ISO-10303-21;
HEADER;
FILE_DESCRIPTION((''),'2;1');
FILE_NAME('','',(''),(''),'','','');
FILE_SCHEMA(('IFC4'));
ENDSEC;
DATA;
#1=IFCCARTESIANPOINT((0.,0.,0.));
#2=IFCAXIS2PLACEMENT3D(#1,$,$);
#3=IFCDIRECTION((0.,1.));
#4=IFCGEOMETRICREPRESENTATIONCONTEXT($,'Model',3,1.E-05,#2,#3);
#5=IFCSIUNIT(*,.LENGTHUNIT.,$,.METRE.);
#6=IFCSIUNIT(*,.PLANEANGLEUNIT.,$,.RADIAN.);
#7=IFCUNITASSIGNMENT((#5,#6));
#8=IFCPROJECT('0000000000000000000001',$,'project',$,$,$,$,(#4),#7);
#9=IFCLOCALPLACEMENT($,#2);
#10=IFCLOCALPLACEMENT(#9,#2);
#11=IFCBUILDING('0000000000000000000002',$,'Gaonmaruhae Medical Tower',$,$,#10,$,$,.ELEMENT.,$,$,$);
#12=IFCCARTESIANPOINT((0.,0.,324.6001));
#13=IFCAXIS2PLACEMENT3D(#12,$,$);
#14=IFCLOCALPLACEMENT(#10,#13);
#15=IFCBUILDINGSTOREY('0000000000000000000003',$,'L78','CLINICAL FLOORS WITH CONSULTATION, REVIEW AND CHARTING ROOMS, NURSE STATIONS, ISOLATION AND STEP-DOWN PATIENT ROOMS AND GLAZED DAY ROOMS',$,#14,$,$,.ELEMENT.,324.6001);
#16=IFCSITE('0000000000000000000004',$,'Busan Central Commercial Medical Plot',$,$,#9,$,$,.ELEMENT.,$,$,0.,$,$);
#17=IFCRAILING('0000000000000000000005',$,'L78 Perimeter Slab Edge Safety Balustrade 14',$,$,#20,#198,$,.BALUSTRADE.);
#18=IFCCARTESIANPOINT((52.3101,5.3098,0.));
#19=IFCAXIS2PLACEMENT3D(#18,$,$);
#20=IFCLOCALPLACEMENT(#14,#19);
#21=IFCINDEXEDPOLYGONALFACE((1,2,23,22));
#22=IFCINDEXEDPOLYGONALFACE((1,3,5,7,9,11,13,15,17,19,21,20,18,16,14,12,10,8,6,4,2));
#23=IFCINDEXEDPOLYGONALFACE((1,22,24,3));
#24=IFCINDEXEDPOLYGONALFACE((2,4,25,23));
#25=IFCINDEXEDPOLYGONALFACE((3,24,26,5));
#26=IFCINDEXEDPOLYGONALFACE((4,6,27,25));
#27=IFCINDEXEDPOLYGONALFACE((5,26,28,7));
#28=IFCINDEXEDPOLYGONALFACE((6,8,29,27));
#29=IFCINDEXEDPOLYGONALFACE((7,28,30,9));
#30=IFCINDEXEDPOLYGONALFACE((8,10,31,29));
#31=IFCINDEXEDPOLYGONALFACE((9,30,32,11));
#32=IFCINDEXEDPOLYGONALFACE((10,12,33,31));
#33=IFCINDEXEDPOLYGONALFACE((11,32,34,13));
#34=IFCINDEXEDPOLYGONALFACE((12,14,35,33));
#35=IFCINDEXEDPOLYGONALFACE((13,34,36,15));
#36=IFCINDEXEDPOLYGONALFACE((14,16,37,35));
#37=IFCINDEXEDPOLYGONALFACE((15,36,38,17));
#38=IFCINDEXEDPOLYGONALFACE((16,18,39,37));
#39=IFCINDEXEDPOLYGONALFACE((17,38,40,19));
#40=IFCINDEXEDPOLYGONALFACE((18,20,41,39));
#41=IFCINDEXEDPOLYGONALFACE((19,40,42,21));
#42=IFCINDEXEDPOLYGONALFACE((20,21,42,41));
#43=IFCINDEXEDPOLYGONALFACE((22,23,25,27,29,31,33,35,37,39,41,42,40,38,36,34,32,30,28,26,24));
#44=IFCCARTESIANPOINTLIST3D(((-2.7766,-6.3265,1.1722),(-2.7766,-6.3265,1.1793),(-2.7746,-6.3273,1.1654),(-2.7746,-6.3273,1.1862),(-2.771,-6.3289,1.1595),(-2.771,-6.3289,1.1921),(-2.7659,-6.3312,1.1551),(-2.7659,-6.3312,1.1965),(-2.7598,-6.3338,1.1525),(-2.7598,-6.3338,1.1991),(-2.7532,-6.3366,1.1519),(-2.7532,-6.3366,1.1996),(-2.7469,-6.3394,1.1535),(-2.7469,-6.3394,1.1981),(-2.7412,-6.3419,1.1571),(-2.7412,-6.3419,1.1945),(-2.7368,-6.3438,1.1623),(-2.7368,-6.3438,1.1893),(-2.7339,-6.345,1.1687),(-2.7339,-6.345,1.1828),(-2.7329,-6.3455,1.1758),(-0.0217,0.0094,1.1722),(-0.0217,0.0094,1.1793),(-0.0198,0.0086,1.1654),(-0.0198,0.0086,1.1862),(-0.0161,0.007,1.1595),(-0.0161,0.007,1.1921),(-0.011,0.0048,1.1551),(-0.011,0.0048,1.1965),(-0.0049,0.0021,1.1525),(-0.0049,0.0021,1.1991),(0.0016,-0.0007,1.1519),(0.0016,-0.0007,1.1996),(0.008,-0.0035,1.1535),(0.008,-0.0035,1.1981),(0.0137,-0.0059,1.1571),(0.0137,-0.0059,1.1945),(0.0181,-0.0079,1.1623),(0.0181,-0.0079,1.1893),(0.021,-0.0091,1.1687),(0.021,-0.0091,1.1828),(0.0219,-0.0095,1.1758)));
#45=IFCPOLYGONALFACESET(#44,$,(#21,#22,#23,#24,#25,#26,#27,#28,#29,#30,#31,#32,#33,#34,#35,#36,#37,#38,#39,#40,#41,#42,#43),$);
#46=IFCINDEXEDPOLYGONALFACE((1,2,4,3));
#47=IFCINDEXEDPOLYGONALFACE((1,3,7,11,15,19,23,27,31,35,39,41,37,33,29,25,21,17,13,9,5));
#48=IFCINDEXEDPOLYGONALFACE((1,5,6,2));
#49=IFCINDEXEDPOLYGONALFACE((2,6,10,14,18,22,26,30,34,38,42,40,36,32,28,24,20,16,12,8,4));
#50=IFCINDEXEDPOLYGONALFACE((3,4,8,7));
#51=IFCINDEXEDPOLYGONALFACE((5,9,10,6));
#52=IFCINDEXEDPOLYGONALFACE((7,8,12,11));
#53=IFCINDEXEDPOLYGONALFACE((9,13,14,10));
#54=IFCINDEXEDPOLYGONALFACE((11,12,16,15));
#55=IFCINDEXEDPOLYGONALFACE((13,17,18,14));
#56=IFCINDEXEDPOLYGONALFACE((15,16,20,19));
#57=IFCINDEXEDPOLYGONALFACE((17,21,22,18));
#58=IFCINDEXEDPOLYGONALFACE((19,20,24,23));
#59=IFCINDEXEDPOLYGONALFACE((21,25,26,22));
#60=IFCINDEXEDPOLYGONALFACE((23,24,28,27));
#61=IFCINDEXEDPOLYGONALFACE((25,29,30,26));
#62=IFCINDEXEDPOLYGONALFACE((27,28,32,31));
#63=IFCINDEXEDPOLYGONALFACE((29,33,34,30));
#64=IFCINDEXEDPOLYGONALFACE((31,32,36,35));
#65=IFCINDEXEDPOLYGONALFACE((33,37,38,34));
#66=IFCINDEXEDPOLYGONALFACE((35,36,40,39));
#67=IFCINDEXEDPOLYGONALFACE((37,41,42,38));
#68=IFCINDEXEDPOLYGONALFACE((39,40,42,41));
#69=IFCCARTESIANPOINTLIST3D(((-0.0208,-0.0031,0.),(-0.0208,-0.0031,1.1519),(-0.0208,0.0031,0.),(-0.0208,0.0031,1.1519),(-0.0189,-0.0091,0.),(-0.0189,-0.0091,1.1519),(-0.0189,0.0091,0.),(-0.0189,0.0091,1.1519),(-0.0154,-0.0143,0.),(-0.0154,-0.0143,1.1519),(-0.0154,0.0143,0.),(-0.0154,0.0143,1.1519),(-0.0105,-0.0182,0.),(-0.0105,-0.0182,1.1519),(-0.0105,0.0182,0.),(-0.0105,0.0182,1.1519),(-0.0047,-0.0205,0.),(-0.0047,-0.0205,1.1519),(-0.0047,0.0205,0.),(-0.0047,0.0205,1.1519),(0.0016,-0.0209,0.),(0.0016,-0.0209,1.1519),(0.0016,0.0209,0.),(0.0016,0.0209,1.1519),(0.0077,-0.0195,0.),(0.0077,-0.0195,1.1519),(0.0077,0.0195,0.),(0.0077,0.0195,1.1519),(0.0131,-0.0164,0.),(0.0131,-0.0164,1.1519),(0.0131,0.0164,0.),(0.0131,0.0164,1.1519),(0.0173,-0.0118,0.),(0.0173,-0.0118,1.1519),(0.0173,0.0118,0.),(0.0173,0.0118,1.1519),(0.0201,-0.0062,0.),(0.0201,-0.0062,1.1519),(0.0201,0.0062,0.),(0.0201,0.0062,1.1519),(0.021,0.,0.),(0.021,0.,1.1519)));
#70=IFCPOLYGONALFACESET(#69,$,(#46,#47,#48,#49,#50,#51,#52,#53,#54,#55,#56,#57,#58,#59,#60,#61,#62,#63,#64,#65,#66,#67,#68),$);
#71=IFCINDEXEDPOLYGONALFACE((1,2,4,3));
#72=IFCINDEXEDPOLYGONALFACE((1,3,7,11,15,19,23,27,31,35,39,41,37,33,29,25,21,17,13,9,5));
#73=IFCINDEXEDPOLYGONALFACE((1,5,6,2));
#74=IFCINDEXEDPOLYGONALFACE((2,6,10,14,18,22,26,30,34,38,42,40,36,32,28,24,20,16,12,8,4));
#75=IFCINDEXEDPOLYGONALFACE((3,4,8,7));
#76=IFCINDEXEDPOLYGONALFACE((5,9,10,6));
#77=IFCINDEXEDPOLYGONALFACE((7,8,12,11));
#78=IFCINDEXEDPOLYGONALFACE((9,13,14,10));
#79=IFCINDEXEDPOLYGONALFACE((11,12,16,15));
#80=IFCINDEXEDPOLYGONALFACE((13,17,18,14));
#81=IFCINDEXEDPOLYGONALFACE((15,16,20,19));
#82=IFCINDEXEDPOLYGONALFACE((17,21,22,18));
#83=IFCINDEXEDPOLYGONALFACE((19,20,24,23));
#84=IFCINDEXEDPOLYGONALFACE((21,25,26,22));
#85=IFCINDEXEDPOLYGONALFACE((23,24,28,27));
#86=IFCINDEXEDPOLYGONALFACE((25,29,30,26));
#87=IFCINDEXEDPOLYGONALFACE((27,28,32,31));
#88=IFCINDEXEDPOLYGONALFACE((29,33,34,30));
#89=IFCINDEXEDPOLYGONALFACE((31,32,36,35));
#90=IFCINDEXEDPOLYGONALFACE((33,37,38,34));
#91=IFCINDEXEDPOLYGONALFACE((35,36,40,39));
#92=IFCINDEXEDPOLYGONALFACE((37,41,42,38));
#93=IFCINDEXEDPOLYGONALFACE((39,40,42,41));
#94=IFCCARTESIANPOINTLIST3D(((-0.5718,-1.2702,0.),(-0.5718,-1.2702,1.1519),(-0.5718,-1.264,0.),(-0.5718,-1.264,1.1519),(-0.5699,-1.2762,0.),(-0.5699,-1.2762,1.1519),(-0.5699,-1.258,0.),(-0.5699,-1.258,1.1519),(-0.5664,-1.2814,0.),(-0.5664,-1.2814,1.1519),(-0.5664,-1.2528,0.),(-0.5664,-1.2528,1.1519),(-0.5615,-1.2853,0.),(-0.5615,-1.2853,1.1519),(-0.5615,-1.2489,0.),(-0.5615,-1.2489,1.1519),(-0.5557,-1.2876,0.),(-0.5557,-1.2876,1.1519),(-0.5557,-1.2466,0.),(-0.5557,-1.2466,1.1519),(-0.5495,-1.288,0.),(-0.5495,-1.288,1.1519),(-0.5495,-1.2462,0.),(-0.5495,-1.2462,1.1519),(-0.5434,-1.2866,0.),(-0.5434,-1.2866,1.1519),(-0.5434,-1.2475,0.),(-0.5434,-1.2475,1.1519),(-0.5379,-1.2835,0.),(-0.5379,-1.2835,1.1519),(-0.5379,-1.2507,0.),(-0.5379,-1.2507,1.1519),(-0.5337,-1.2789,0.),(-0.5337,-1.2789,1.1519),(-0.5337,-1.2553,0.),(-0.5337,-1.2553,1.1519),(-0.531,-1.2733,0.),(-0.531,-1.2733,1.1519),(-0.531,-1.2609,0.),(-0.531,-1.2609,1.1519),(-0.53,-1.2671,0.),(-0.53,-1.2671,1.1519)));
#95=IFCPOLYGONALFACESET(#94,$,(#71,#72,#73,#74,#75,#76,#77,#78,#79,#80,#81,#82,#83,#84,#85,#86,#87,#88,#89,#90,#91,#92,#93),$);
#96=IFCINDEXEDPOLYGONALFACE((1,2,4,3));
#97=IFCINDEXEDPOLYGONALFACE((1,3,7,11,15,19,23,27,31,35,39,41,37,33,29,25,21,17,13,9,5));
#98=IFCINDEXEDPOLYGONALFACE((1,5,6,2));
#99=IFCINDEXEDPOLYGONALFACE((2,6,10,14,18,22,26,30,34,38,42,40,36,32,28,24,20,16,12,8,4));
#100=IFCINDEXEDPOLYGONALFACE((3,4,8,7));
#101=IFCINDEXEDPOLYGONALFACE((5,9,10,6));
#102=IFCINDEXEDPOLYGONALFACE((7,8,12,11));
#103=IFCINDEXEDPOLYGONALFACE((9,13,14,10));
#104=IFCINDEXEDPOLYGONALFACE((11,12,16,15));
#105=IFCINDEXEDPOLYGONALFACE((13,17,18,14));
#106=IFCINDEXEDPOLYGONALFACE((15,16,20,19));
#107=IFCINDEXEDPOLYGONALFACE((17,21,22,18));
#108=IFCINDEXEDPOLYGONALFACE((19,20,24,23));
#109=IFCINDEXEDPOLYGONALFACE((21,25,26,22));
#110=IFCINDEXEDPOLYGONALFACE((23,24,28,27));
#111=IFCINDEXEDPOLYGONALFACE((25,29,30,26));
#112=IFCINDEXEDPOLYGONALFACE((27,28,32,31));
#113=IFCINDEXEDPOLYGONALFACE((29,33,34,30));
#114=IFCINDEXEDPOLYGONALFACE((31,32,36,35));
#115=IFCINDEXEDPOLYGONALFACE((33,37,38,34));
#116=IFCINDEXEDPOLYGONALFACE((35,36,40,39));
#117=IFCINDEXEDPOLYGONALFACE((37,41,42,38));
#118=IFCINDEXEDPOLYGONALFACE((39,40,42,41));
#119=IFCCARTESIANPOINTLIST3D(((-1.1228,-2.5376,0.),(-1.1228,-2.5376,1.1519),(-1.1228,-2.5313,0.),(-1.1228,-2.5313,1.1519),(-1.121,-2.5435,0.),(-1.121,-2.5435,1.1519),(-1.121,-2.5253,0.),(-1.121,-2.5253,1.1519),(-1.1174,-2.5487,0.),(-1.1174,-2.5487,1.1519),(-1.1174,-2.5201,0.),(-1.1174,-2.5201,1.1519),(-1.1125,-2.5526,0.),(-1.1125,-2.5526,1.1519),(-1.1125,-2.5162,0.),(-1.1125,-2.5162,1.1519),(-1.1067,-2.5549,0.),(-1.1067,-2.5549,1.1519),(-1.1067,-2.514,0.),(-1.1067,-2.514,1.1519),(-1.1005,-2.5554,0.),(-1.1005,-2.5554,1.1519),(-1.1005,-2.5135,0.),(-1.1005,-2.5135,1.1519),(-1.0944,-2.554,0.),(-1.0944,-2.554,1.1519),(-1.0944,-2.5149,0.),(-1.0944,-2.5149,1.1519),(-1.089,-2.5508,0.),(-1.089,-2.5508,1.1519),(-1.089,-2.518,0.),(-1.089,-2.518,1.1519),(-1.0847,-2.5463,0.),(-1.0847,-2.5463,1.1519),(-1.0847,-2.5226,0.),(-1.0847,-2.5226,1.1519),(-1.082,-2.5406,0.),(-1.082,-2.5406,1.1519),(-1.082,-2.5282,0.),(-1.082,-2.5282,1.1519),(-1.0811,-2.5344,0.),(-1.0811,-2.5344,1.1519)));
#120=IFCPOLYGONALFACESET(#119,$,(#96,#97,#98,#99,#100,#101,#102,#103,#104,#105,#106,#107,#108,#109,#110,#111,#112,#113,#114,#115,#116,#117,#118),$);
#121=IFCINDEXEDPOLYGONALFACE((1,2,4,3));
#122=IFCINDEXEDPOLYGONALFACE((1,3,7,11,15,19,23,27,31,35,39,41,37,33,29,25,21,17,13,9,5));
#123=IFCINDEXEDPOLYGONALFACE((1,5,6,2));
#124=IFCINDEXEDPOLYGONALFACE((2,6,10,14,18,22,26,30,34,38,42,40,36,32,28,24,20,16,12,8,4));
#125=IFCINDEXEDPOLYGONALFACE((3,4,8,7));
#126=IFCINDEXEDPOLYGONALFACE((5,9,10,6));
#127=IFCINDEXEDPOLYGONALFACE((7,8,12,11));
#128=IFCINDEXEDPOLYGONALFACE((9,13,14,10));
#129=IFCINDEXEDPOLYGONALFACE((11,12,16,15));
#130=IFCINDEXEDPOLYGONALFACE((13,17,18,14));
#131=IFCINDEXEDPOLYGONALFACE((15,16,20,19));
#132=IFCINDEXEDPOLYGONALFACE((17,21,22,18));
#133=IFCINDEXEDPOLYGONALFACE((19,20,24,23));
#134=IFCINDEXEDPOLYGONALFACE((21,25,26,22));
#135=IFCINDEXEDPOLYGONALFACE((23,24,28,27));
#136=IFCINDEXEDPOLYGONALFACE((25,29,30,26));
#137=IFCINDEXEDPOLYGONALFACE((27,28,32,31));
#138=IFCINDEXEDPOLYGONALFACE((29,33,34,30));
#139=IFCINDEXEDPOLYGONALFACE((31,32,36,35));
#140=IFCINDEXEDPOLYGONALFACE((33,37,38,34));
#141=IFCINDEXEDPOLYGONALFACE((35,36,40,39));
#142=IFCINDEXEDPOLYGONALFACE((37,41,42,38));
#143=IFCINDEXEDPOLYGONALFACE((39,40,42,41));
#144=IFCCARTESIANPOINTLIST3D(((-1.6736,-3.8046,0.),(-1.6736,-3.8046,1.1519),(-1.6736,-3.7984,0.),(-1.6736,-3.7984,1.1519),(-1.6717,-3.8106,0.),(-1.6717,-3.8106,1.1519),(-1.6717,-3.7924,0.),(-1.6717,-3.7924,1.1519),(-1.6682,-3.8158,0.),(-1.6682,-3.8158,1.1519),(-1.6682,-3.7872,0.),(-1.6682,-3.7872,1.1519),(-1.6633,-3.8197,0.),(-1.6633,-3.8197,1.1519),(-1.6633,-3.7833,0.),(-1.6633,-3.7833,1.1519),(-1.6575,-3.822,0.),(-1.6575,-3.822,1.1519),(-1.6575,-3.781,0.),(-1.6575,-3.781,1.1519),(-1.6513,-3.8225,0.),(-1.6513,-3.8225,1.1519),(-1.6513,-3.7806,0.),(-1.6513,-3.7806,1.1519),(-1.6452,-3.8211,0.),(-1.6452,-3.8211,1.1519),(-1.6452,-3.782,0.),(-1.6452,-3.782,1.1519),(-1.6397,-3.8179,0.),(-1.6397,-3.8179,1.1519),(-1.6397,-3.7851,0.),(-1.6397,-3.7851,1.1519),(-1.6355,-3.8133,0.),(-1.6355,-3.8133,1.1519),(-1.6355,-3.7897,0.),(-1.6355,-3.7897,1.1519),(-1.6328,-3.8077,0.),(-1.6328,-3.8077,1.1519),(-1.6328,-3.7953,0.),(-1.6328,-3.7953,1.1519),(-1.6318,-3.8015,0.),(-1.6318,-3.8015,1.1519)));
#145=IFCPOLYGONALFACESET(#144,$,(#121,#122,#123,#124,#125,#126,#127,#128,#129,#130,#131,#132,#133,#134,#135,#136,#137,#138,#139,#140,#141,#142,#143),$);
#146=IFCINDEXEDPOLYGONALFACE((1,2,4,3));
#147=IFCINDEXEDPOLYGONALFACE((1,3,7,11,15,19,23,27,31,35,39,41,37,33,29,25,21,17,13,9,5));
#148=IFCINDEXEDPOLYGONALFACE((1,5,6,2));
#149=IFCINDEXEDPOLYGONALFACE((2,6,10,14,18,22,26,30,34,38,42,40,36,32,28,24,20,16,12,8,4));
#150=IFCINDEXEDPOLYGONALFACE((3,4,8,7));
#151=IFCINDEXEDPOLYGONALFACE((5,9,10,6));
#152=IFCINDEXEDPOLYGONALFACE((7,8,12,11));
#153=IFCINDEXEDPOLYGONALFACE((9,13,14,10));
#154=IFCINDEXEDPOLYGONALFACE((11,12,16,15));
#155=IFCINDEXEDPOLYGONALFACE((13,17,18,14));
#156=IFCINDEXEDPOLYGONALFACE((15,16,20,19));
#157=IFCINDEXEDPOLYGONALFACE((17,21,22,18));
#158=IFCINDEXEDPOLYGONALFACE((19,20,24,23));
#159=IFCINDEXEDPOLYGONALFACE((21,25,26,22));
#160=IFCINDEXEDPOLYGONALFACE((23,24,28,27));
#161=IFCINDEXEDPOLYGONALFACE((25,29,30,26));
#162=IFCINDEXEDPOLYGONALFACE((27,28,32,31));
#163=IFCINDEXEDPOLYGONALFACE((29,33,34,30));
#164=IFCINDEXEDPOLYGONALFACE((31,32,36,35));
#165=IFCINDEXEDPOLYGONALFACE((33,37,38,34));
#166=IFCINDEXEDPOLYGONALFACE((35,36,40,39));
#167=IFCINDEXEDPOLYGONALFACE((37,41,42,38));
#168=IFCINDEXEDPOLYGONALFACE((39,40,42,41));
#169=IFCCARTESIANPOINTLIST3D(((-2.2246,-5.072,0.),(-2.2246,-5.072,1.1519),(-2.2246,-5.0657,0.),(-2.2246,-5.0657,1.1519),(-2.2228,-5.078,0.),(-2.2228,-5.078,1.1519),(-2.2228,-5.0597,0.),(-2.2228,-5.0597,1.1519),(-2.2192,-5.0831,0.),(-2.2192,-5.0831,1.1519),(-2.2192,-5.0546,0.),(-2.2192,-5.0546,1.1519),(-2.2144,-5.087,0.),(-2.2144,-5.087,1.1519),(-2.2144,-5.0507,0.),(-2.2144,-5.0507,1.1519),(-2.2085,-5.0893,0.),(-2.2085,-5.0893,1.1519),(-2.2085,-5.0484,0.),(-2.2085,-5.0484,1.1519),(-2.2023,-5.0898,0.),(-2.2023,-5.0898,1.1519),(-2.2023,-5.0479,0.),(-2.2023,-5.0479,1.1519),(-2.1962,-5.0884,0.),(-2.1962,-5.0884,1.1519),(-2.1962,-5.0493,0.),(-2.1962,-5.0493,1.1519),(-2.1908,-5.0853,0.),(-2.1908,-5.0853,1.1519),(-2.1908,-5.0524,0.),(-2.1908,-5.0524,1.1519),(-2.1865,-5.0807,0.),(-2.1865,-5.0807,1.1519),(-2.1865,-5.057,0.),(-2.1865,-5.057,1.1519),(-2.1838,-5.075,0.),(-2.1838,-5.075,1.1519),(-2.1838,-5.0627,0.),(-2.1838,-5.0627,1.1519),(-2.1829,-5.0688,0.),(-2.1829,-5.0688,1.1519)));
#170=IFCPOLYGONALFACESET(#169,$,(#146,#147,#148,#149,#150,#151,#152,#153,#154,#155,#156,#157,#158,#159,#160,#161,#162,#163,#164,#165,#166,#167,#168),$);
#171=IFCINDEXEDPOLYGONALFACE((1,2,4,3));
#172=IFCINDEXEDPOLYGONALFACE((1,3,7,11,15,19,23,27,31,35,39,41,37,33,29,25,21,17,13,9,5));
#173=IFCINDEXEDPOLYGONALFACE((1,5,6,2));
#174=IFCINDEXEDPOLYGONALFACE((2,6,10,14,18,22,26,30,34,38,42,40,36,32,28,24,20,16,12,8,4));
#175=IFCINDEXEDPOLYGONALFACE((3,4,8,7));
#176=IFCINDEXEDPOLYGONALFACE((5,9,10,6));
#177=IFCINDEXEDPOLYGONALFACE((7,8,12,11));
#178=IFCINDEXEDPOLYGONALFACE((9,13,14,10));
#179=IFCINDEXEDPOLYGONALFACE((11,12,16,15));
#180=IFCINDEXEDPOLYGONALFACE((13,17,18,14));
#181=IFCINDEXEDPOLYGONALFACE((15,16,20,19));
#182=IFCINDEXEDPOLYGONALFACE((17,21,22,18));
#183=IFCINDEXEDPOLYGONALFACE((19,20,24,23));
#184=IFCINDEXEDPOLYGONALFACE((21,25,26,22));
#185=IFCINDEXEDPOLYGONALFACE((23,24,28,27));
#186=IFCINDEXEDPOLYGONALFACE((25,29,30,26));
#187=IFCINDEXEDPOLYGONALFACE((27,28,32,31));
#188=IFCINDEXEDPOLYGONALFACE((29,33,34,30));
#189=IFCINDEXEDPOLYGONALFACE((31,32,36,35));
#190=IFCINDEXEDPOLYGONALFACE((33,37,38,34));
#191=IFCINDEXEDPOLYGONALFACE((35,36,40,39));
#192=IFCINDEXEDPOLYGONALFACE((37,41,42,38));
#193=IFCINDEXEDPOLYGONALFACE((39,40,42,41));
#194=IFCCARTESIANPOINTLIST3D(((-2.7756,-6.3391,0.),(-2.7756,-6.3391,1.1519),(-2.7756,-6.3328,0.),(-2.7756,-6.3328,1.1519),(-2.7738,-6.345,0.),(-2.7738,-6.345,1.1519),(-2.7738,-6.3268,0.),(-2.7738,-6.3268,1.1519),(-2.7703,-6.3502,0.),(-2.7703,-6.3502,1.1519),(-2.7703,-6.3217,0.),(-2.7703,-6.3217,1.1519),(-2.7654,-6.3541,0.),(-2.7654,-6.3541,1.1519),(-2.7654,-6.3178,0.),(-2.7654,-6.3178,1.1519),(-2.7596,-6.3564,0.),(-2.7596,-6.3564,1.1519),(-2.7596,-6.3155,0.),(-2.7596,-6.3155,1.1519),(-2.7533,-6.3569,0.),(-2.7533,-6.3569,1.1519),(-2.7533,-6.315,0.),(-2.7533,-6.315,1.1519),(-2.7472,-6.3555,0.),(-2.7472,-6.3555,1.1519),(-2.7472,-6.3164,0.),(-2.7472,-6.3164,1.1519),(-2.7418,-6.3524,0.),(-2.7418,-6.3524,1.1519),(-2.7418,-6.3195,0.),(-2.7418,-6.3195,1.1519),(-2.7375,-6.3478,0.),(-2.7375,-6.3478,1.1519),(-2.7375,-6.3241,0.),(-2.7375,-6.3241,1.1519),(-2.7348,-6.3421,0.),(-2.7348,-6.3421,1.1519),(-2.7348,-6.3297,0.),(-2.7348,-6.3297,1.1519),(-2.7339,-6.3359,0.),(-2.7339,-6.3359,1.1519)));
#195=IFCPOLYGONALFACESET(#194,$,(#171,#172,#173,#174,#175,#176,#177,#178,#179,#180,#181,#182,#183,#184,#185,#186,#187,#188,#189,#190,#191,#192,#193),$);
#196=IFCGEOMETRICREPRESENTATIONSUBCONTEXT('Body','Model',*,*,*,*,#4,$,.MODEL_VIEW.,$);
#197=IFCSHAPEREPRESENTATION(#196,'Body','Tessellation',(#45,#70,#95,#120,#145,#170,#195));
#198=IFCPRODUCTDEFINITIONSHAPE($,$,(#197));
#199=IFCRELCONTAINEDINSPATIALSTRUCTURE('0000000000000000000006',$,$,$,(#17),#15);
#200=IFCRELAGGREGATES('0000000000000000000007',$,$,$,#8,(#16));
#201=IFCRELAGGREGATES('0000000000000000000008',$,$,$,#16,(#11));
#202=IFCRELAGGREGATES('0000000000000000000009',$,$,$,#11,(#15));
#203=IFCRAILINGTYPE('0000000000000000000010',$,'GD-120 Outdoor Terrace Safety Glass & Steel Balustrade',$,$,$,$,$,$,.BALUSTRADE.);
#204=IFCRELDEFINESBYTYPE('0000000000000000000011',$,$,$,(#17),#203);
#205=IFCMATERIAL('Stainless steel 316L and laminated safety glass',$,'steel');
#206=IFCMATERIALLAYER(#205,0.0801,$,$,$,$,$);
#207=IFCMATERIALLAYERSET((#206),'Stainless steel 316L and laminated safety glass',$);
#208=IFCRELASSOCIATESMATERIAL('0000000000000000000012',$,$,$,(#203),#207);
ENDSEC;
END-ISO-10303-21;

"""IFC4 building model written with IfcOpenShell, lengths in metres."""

from ifc_helpers import new_model, si_unit, direction, frame, origin, origin_2d, place, context, subcontext, project, spatial, circle, extrude, material, layer, layer_set, type_object, element, save


model = new_model("IFC4")

# Units and contexts
model_context = context("Model", 3, precision=1e-05, world=origin(), true_north=direction((0.0, 1.0)))
body_context = subcontext(model_context, "Body", "Model", "MODEL_VIEW")
ifc_project = project(units=[si_unit("LENGTHUNIT", "METRE"), si_unit("PLANEANGLEUNIT", "RADIAN")], contexts=[model_context])

# Site, building, storey
site_placement = place(None, origin())
site = spatial("IfcSite", under=ifc_project, at=site_placement, Name="Busan Central Commercial Medical Plot", CompositionType="ELEMENT", RefElevation=0.0)
building_placement = place(site_placement, origin())
building = spatial("IfcBuilding", under=site, at=building_placement, Name="Gaonmaruhae Medical Tower", CompositionType="ELEMENT")
storey_placement = place(building_placement, frame((0.0, 0.0, 324.6001)))
storey = spatial("IfcBuildingStorey", under=building, at=storey_placement, Name="L78", Description="CLINICAL FLOORS WITH CONSULTATION, REVIEW AND CHARTING ROOMS, NURSE STATIONS, ISOLATION AND STEP-DOWN PATIENT ROOMS AND GLAZED DAY ROOMS", CompositionType="ELEMENT", Elevation=324.6001)

# Railing
ifc_material_1 = material(Name="Stainless steel 316L and laminated safety glass", Category="steel")
ifc_layer_1 = layer(ifc_material_1, 0.0801)
ifc_layer_set_1 = layer_set([ifc_layer_1], Name="Stainless steel 316L and laminated safety glass")
railing_type_1 = type_object("IfcRailingType", Name="GD-120 Outdoor Terrace Safety Glass & Steel Balustrade", PredefinedType="BALUSTRADE", material=ifc_layer_set_1)
railing_1_placement = place(storey_placement, frame((52.3101, 5.3098, 0.0)))
element("IfcRailing", 1, at=railing_1_placement, inside=storey, type_object=railing_type_1, Name="L78 Perimeter Slab Edge Safety Balustrade 14", PredefinedType="BALUSTRADE", context=body_context, shape_type="SweptSolid", body=[
    extrude(circle(Radius=0.0239, at=origin_2d()), frame((0.0, 0.0, 1.1758), z_axis=(-0.398742, -0.917063, 0.0), x_axis=(0.917063, -0.398742, 0.0)), (0.0, 0.0, 1.0), 6.9089),
    extrude(circle(Radius=0.021, at=origin_2d()), origin(), (0.0, 0.0, 1.0), 1.1519),
    extrude(circle(Radius=0.021, at=origin_2d()), frame((-0.551, -1.2671, 0.0)), (0.0, 0.0, 1.0), 1.1519),
    extrude(circle(Radius=0.021, at=origin_2d()), frame((-1.1021, -2.5344, 0.0)), (0.0, 0.0, 1.0), 1.1519),
    extrude(circle(Radius=0.021, at=origin_2d()), frame((-1.6528, -3.8015, 0.0)), (0.0, 0.0, 1.0), 1.1519),
    extrude(circle(Radius=0.021, at=origin_2d()), frame((-2.2039, -5.0688, 0.0)), (0.0, 0.0, 1.0), 1.1519),
    extrude(circle(Radius=0.021, at=origin_2d()), frame((-2.7549, -6.3359, 0.0)), (0.0, 0.0, 1.0), 1.1519),
])

save(model, "model.ifc")
